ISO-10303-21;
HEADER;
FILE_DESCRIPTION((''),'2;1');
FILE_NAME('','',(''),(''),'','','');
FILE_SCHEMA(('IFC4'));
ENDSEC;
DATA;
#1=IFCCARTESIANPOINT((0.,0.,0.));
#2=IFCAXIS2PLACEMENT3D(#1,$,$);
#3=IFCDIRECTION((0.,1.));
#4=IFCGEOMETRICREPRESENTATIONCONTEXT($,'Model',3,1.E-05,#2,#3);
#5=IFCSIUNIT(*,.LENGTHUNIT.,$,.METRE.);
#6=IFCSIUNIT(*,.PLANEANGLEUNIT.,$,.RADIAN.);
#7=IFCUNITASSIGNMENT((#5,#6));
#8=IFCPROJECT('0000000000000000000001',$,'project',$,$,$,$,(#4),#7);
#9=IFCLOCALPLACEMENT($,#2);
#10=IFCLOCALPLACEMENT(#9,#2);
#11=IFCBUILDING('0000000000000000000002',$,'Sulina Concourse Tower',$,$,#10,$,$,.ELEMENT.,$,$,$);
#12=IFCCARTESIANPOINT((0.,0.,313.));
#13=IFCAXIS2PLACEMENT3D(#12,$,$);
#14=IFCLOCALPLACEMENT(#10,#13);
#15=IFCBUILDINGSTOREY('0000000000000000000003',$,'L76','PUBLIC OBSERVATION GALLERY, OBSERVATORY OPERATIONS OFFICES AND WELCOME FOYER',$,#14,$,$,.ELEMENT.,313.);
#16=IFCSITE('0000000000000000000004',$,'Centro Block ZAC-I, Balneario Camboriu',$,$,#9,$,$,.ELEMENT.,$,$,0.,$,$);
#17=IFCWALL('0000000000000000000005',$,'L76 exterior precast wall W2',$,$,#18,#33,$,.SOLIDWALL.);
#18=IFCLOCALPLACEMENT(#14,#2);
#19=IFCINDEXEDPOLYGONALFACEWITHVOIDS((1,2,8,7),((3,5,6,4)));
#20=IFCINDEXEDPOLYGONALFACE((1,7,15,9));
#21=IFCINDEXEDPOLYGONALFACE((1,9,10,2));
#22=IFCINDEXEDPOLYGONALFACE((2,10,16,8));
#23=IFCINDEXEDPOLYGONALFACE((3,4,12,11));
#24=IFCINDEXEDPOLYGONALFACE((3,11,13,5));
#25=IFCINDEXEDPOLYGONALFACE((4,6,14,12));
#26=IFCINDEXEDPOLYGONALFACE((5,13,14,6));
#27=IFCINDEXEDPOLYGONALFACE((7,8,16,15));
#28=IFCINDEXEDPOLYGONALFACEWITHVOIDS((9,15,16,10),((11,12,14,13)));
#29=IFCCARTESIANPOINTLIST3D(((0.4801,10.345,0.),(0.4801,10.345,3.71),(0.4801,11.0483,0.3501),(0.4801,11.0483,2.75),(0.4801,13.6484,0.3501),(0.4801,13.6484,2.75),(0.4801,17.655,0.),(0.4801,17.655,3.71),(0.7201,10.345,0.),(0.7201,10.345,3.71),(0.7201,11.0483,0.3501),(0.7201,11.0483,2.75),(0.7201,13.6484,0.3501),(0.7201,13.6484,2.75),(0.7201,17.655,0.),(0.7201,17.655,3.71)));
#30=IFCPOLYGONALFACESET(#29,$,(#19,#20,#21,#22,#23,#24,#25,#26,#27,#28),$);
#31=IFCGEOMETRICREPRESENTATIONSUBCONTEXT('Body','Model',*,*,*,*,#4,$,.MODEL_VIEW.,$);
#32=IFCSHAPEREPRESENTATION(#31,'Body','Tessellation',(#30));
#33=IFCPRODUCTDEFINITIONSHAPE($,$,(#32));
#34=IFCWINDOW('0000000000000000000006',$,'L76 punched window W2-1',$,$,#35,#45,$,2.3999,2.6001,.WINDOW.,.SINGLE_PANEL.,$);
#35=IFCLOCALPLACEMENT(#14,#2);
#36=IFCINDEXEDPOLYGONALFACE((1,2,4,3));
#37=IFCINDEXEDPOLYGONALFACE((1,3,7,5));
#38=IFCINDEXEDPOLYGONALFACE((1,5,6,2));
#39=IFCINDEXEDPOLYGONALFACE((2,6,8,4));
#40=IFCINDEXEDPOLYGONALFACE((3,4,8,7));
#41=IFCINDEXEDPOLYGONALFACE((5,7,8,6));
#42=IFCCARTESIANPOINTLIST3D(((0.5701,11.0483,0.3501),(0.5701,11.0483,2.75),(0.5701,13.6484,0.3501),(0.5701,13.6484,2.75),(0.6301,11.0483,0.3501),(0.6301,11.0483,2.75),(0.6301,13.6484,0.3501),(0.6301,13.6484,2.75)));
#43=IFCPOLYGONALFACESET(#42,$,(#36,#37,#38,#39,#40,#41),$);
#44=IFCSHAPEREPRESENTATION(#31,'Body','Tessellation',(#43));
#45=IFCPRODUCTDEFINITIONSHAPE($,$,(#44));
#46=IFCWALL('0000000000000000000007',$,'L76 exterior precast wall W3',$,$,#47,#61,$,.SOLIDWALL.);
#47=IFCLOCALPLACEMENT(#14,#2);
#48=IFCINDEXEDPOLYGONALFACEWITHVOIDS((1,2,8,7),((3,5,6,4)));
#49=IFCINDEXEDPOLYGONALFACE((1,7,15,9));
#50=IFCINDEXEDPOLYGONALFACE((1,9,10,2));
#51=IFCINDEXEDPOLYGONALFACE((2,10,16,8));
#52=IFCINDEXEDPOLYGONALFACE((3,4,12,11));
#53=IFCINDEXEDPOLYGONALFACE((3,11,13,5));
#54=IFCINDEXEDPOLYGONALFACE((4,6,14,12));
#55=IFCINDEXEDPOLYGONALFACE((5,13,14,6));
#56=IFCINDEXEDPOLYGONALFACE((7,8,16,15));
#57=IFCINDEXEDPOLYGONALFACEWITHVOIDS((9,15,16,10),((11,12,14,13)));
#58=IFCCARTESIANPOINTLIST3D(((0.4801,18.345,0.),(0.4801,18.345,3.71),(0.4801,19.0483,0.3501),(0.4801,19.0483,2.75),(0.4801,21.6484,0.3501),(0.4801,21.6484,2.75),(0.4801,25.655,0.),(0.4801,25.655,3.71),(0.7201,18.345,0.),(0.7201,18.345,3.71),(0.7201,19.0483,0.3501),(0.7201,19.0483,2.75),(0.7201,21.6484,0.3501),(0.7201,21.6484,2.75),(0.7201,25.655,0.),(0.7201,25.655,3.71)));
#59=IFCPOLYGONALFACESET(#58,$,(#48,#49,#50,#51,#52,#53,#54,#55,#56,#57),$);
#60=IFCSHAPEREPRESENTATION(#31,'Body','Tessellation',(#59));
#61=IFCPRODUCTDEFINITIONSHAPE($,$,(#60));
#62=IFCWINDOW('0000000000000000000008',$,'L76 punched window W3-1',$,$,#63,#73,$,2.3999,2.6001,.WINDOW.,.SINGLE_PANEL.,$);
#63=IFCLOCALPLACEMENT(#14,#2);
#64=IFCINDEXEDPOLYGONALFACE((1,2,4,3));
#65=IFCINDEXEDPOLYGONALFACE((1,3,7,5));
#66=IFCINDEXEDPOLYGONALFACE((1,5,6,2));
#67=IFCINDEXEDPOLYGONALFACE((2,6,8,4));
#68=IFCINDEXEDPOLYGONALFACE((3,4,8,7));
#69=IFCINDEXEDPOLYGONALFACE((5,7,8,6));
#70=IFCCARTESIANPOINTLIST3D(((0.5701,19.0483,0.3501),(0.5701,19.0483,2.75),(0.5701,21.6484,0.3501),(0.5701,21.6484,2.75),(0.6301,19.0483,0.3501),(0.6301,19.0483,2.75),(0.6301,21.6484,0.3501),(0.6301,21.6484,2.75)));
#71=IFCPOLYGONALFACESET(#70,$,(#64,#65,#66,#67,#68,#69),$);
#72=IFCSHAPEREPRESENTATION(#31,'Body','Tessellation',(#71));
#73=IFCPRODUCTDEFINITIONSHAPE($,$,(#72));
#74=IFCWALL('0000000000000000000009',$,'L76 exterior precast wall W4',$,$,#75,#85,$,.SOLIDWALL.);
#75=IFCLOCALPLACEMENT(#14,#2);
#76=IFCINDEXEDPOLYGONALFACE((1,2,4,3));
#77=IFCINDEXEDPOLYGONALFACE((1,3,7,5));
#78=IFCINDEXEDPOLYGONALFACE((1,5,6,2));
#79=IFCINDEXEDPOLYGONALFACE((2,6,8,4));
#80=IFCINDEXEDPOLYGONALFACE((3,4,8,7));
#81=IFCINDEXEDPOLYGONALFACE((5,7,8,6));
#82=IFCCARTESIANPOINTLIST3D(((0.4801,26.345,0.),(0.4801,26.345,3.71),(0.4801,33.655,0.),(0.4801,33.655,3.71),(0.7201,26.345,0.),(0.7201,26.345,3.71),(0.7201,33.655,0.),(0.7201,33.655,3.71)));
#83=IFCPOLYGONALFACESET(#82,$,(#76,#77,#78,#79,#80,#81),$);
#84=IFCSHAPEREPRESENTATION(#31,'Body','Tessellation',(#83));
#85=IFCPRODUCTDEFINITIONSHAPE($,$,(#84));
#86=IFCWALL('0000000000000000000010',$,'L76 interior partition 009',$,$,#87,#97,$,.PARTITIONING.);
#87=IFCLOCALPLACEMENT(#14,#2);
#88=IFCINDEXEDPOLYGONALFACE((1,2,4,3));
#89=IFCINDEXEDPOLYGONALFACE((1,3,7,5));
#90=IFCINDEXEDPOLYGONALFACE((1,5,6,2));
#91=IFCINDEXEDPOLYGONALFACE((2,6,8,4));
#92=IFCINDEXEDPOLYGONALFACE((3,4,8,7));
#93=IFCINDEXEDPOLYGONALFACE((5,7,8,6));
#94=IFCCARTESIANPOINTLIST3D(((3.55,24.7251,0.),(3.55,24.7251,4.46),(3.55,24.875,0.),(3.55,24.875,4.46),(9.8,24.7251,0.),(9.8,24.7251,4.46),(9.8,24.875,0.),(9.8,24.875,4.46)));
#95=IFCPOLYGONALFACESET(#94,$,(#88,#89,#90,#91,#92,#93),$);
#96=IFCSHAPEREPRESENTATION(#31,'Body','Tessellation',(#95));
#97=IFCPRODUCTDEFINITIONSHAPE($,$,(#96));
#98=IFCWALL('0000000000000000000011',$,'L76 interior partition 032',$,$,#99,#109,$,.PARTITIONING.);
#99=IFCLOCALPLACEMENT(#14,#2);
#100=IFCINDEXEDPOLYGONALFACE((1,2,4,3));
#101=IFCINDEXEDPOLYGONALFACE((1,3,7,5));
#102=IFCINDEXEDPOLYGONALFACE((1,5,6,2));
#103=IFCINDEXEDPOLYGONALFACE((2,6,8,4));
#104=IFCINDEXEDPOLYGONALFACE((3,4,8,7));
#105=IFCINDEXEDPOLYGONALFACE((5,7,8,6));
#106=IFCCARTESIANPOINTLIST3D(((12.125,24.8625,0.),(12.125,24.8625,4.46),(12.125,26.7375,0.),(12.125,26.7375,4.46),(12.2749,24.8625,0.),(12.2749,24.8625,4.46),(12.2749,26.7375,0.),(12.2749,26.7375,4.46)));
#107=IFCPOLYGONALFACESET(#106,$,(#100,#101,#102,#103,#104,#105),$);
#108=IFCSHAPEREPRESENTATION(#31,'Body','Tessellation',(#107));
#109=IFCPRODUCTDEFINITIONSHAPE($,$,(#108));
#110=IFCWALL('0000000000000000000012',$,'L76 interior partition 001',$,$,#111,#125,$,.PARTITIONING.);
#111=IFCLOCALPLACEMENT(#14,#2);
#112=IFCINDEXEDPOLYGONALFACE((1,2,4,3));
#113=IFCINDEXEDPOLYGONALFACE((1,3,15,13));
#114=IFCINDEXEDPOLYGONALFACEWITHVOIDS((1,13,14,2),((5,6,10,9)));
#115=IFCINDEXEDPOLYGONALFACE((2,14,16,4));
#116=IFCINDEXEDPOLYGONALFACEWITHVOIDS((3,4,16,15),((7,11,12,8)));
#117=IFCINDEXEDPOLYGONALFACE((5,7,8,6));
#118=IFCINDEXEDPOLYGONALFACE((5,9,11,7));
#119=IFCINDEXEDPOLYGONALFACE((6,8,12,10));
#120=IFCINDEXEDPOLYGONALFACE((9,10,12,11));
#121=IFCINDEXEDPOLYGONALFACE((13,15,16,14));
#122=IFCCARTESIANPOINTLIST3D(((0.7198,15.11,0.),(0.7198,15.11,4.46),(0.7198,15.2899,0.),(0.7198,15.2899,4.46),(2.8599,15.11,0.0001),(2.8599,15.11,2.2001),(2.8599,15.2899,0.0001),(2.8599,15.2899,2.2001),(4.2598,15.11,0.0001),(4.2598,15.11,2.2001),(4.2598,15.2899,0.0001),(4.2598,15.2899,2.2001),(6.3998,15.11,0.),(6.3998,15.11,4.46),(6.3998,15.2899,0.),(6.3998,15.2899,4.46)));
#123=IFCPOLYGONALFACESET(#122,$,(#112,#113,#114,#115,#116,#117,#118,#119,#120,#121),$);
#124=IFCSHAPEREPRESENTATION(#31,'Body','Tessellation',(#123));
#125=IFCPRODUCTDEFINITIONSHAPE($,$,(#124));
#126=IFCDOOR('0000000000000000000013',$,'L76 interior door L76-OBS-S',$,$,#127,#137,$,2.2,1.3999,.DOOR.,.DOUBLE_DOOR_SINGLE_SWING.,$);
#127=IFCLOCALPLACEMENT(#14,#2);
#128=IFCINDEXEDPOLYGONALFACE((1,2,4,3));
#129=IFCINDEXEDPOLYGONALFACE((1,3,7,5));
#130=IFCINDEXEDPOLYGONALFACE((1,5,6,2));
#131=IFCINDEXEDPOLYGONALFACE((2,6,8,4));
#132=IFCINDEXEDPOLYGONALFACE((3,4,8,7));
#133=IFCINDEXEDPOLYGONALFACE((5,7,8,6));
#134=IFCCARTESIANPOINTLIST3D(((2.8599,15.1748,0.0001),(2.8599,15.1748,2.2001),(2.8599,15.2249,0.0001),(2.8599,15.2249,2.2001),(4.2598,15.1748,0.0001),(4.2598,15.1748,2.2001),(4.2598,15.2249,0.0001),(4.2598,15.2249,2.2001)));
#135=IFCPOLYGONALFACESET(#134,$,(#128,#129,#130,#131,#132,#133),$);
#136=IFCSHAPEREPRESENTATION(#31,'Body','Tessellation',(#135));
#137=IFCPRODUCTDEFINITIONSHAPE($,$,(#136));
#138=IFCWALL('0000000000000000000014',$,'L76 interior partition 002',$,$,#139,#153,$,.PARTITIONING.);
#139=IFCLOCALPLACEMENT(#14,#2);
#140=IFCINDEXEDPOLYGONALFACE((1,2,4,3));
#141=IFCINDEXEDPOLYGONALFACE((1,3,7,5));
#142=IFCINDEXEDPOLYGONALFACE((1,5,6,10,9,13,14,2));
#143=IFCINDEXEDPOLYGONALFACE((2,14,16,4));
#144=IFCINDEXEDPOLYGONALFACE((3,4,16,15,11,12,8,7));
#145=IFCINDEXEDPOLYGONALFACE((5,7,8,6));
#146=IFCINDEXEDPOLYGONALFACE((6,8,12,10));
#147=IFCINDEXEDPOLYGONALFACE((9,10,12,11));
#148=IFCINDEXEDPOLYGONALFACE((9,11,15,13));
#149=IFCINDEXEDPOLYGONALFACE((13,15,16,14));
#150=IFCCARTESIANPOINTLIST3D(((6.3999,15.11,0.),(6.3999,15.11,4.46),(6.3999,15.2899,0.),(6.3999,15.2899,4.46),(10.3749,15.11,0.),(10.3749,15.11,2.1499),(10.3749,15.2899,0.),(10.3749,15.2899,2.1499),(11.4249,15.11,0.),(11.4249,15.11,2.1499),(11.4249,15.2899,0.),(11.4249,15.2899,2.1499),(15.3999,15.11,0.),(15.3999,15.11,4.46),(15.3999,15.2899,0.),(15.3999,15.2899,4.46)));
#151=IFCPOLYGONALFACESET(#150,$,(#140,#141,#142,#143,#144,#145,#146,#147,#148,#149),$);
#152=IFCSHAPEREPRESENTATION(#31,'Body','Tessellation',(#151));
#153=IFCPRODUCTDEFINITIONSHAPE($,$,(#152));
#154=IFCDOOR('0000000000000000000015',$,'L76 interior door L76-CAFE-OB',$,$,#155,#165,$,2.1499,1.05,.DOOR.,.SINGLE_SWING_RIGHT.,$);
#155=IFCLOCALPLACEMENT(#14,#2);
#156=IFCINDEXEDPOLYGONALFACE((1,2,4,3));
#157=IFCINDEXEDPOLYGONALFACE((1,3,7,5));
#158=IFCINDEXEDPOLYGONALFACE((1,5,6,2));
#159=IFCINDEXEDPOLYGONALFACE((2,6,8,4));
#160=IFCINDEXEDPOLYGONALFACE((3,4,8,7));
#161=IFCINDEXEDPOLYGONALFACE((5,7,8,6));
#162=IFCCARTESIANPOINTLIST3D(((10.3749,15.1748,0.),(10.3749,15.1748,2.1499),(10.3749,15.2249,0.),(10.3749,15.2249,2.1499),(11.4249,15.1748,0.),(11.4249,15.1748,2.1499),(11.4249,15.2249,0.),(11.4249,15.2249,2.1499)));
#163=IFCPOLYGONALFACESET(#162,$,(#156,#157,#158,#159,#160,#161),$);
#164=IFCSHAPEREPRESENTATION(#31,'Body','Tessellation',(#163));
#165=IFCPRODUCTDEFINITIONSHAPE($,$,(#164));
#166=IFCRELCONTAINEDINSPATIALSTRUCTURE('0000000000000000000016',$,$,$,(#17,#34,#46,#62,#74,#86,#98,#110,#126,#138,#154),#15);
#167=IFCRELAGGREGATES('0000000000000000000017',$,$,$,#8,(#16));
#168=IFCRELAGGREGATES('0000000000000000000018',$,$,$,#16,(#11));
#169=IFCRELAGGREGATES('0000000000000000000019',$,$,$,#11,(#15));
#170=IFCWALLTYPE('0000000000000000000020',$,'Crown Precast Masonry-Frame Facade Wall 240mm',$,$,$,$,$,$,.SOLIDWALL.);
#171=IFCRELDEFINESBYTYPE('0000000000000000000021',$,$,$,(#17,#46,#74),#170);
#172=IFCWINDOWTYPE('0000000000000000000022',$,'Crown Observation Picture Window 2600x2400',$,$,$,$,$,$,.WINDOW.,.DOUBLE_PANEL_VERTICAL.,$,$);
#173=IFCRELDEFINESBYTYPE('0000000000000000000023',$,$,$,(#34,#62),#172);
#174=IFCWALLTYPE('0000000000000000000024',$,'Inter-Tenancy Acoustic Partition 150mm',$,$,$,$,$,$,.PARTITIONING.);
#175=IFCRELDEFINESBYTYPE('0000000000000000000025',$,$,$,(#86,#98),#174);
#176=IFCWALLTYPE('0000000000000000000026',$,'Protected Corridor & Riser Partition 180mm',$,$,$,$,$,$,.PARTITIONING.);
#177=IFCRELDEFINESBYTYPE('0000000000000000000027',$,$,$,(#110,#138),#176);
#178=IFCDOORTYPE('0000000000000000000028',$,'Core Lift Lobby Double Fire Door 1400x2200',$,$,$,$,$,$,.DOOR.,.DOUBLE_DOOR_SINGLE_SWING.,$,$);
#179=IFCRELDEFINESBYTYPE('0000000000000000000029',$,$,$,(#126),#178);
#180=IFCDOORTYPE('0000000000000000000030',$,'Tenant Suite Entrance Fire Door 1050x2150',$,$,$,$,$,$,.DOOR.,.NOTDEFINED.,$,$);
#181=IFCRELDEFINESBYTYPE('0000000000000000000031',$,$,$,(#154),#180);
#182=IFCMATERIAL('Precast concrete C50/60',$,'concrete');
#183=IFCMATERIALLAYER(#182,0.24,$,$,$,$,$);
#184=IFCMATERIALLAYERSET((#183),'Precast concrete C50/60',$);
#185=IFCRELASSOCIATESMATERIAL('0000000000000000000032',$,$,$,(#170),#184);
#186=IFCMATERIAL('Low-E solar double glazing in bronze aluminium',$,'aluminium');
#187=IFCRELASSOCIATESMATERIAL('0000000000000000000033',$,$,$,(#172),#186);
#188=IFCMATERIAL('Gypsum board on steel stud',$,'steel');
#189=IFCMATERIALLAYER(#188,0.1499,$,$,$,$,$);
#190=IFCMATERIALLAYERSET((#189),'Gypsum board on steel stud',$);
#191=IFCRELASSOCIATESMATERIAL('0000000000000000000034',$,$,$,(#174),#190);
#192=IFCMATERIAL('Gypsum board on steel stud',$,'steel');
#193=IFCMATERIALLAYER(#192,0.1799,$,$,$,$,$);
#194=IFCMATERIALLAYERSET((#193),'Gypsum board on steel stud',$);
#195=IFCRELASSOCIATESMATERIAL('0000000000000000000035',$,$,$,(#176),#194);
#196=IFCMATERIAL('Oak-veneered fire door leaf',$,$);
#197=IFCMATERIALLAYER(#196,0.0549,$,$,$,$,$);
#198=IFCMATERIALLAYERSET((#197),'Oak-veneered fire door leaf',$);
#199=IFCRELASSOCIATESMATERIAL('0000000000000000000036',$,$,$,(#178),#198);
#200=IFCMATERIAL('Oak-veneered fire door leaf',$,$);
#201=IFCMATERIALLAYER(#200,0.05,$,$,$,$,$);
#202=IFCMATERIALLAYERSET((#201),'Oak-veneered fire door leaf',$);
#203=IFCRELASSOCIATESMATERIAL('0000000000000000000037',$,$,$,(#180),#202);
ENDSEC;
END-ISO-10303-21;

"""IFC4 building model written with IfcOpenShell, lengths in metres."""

from ifc_helpers import new_model, si_unit, direction, frame, frame_2d, origin, place, context, subcontext, project, spatial, rectangle, extrude, material, layer, layer_set, type_object, element, fill, save


model = new_model("IFC4")

# Units and contexts
model_context = context("Model", 3, precision=1e-05, world=origin(), true_north=direction((0.0, 1.0)))
body_context = subcontext(model_context, "Body", "Model", "MODEL_VIEW")
ifc_project = project(units=[si_unit("LENGTHUNIT", "METRE"), si_unit("PLANEANGLEUNIT", "RADIAN")], contexts=[model_context])

# Site, building, storey
site_placement = place(None, origin())
site = spatial("IfcSite", under=ifc_project, at=site_placement, Name="Centro Block ZAC-I, Balneario Camboriu", CompositionType="ELEMENT", RefElevation=0.0)
building_placement = place(site_placement, origin())
building = spatial("IfcBuilding", under=site, at=building_placement, Name="Sulina Concourse Tower", CompositionType="ELEMENT")
storey_placement = place(building_placement, frame((0.0, 0.0, 313.0)))
storey = spatial("IfcBuildingStorey", under=building, at=storey_placement, Name="L76", Description="PUBLIC OBSERVATION GALLERY, OBSERVATORY OPERATIONS OFFICES AND WELCOME FOYER", CompositionType="ELEMENT", Elevation=313.0)

# Walls, openings, windows
ifc_material_1 = material(Name="Precast concrete C50/60", Category="concrete")
ifc_layer_1 = layer(ifc_material_1, 0.24)
ifc_layer_set_1 = layer_set([ifc_layer_1], Name="Precast concrete C50/60")
wall_type_1 = type_object("IfcWallType", Name="Crown Precast Masonry-Frame Facade Wall 240mm", PredefinedType="SOLIDWALL", material=ifc_layer_set_1)
wall_1_placement = place(storey_placement, frame((0.6001, 10.345, 0.0), z_axis=(0.0, 0.0, 1.0), x_axis=(0.0, 1.0, 0.0)))
wall_1 = element("IfcWall", 1, at=wall_1_placement, inside=storey, type_object=wall_type_1, Name="L76 exterior precast wall W2", PredefinedType="SOLIDWALL", context=body_context, shape_type="SweptSolid", body=[
    extrude(rectangle(XDim=7.3101, YDim=0.24, at=frame_2d((3.655, 0.0))), origin(), (0.0, 0.0, 1.0), 3.71),
])
opening_1_placement = place(wall_1_placement, frame((0.7034, 0.0, 0.3501)))
opening_1 = element("IfcOpeningElement", 2, at=opening_1_placement, cuts=wall_1, PredefinedType="OPENING", context=body_context, shape_type="SweptSolid", body=[
    extrude(rectangle(XDim=2.6001, YDim=2.3999, at=frame_2d((1.3, 1.2))), frame((0.0, 0.1299, 0.0), z_axis=(0.0, -1.0, 0.0), x_axis=(1.0, 0.0, 0.0)), (0.0, 0.0, 1.0), 0.26),
])
ifc_material_2 = material(Name="Low-E solar double glazing in bronze aluminium", Category="aluminium")
window_type = type_object("IfcWindowType", Name="Crown Observation Picture Window 2600x2400", PartitioningType="DOUBLE_PANEL_VERTICAL", PredefinedType="WINDOW", material=ifc_material_2)
window_1_placement = place(opening_1_placement, origin())
window_1 = element("IfcWindow", 3, at=window_1_placement, inside=storey, type_object=window_type, Name="L76 punched window W2-1", OverallHeight=2.3999, OverallWidth=2.6001, PartitioningType="SINGLE_PANEL", PredefinedType="WINDOW", context=body_context, shape_type="SweptSolid", body=[
    extrude(rectangle(XDim=2.6001, YDim=2.3999, at=frame_2d((1.3, 1.2))), frame((0.0, 0.03, 0.0), z_axis=(0.0, -1.0, 0.0), x_axis=(1.0, 0.0, 0.0)), (0.0, 0.0, 1.0), 0.0601),
])
fill(opening_1, window_1)
wall_2_placement = place(storey_placement, frame((0.6001, 18.345, 0.0), z_axis=(0.0, 0.0, 1.0), x_axis=(0.0, 1.0, 0.0)))
wall_2 = element("IfcWall", 4, at=wall_2_placement, inside=storey, type_object=wall_type_1, Name="L76 exterior precast wall W3", PredefinedType="SOLIDWALL", context=body_context, shape_type="SweptSolid", body=[
    extrude(rectangle(XDim=7.3101, YDim=0.24, at=frame_2d((3.655, 0.0))), origin(), (0.0, 0.0, 1.0), 3.71),
])
opening_2_placement = place(wall_2_placement, frame((0.7034, 0.0, 0.3501)))
opening_2 = element("IfcOpeningElement", 5, at=opening_2_placement, cuts=wall_2, PredefinedType="OPENING", context=body_context, shape_type="SweptSolid", body=[
    extrude(rectangle(XDim=2.6001, YDim=2.3999, at=frame_2d((1.3, 1.2))), frame((0.0, 0.1299, 0.0), z_axis=(0.0, -1.0, 0.0), x_axis=(1.0, 0.0, 0.0)), (0.0, 0.0, 1.0), 0.26),
])
window_2_placement = place(opening_2_placement, origin())
window_2 = element("IfcWindow", 6, at=window_2_placement, inside=storey, type_object=window_type, Name="L76 punched window W3-1", OverallHeight=2.3999, OverallWidth=2.6001, PartitioningType="SINGLE_PANEL", PredefinedType="WINDOW", context=body_context, shape_type="SweptSolid", body=[
    extrude(rectangle(XDim=2.6001, YDim=2.3999, at=frame_2d((1.3, 1.2))), frame((0.0, 0.03, 0.0), z_axis=(0.0, -1.0, 0.0), x_axis=(1.0, 0.0, 0.0)), (0.0, 0.0, 1.0), 0.0601),
])
fill(opening_2, window_2)

# Walls
wall_3_placement = place(storey_placement, frame((0.6001, 26.345, 0.0), z_axis=(0.0, 0.0, 1.0), x_axis=(0.0, 1.0, 0.0)))
element("IfcWall", 7, at=wall_3_placement, inside=storey, type_object=wall_type_1, Name="L76 exterior precast wall W4", PredefinedType="SOLIDWALL", context=body_context, shape_type="SweptSolid", body=[
    extrude(rectangle(XDim=7.3101, YDim=0.24, at=frame_2d((3.655, 0.0))), origin(), (0.0, 0.0, 1.0), 3.71),
])
ifc_material_3 = material(Name="Gypsum board on steel stud", Category="steel")
ifc_layer_2 = layer(ifc_material_3, 0.1499)
ifc_layer_set_2 = layer_set([ifc_layer_2], Name="Gypsum board on steel stud")
wall_type_2 = type_object("IfcWallType", Name="Inter-Tenancy Acoustic Partition 150mm", PredefinedType="PARTITIONING", material=ifc_layer_set_2)
wall_4_placement = place(storey_placement, frame((3.55, 24.8, 0.0), z_axis=(0.0, 0.0, 1.0), x_axis=(1.0, 0.0, 0.0)))
element("IfcWall", 8, at=wall_4_placement, inside=storey, type_object=wall_type_2, Name="L76 interior partition 009", PredefinedType="PARTITIONING", context=body_context, shape_type="SweptSolid", body=[
    extrude(rectangle(XDim=6.25, YDim=0.1499, at=frame_2d((3.125, 0.0))), origin(), (0.0, 0.0, 1.0), 4.46),
])
wall_5_placement = place(storey_placement, frame((12.2, 24.8625, 0.0), z_axis=(0.0, 0.0, 1.0), x_axis=(0.0, 1.0, 0.0)))
element("IfcWall", 9, at=wall_5_placement, inside=storey, type_object=wall_type_2, Name="L76 interior partition 032", PredefinedType="PARTITIONING", context=body_context, shape_type="SweptSolid", body=[
    extrude(rectangle(XDim=1.875, YDim=0.1499, at=frame_2d((0.9375, 0.0))), origin(), (0.0, 0.0, 1.0), 4.46),
])

# Walls, openings, doors
ifc_material_4 = material(Name="Gypsum board on steel stud", Category="steel")
ifc_layer_3 = layer(ifc_material_4, 0.1799)
ifc_layer_set_3 = layer_set([ifc_layer_3], Name="Gypsum board on steel stud")
wall_type_3 = type_object("IfcWallType", Name="Protected Corridor & Riser Partition 180mm", PredefinedType="PARTITIONING", material=ifc_layer_set_3)
wall_6_placement = place(storey_placement, frame((0.72, 15.2, 0.0), z_axis=(0.0, 0.0, 1.0), x_axis=(1.0, 0.0, 0.0)))
wall_6 = element("IfcWall", 10, at=wall_6_placement, inside=storey, type_object=wall_type_3, Name="L76 interior partition 001", PredefinedType="PARTITIONING", context=body_context, shape_type="SweptSolid", body=[
    extrude(rectangle(XDim=5.6799, YDim=0.1799, at=frame_2d((2.8398, 0.0))), origin(), (0.0, 0.0, 1.0), 4.46),
])
opening_3_placement = place(wall_6_placement, frame((2.1399, 0.0, 0.0)))
opening_3 = element("IfcOpeningElement", 11, at=opening_3_placement, cuts=wall_6, PredefinedType="OPENING", context=body_context, shape_type="SweptSolid", body=[
    extrude(rectangle(XDim=1.3999, YDim=2.2, at=frame_2d((0.7, 1.1001))), frame((0.0, 0.0999, 0.0), z_axis=(0.0, -1.0, 0.0), x_axis=(1.0, 0.0, 0.0)), (0.0, 0.0, 1.0), 0.2),
])
ifc_material_5 = material(Name="Oak-veneered fire door leaf")
ifc_layer_4 = layer(ifc_material_5, 0.0549)
ifc_layer_set_4 = layer_set([ifc_layer_4], Name="Oak-veneered fire door leaf")
door_type_1 = type_object("IfcDoorType", Name="Core Lift Lobby Double Fire Door 1400x2200", OperationType="DOUBLE_DOOR_SINGLE_SWING", PredefinedType="DOOR", material=ifc_layer_set_4)
door_1_placement = place(opening_3_placement, origin())
door_1 = element("IfcDoor", 12, at=door_1_placement, inside=storey, type_object=door_type_1, Name="L76 interior door L76-OBS-S", OperationType="DOUBLE_DOOR_SINGLE_SWING", OverallHeight=2.2, OverallWidth=1.3999, PredefinedType="DOOR", context=body_context, shape_type="SweptSolid", body=[
    extrude(rectangle(XDim=1.3999, YDim=2.2, at=frame_2d((0.7, 1.1001))), frame((0.0, 0.0249, 0.0), z_axis=(0.0, -1.0, 0.0), x_axis=(1.0, 0.0, 0.0)), (0.0, 0.0, 1.0), 0.05),
])
fill(opening_3, door_1)
wall_7_placement = place(storey_placement, frame((6.3999, 15.2, 0.0), z_axis=(0.0, 0.0, 1.0), x_axis=(1.0, 0.0, 0.0)))
wall_7 = element("IfcWall", 13, at=wall_7_placement, inside=storey, type_object=wall_type_3, Name="L76 interior partition 002", PredefinedType="PARTITIONING", context=body_context, shape_type="SweptSolid", body=[
    extrude(rectangle(XDim=9.0, YDim=0.1799, at=frame_2d((4.5, 0.0))), origin(), (0.0, 0.0, 1.0), 4.46),
])
opening_4_placement = place(wall_7_placement, frame((3.9751, 0.0, 0.0)))
opening_4 = element("IfcOpeningElement", 14, at=opening_4_placement, cuts=wall_7, PredefinedType="OPENING", context=body_context, shape_type="SweptSolid", body=[
    extrude(rectangle(XDim=1.05, YDim=2.1499, at=frame_2d((0.5249, 1.075))), frame((0.0, 0.0999, 0.0), z_axis=(0.0, -1.0, 0.0), x_axis=(1.0, 0.0, 0.0)), (0.0, 0.0, 1.0), 0.2),
])
ifc_material_6 = material(Name="Oak-veneered fire door leaf")
ifc_layer_5 = layer(ifc_material_6, 0.05)
ifc_layer_set_5 = layer_set([ifc_layer_5], Name="Oak-veneered fire door leaf")
door_type_2 = type_object("IfcDoorType", Name="Tenant Suite Entrance Fire Door 1050x2150", OperationType="NOTDEFINED", PredefinedType="DOOR", material=ifc_layer_set_5)
door_2_placement = place(opening_4_placement, origin())
door_2 = element("IfcDoor", 15, at=door_2_placement, inside=storey, type_object=door_type_2, Name="L76 interior door L76-CAFE-OB", OperationType="SINGLE_SWING_RIGHT", OverallHeight=2.1499, OverallWidth=1.05, PredefinedType="DOOR", context=body_context, shape_type="SweptSolid", body=[
    extrude(rectangle(XDim=1.05, YDim=2.1499, at=frame_2d((0.5249, 1.075))), frame((0.0, 0.0249, 0.0), z_axis=(0.0, -1.0, 0.0), x_axis=(1.0, 0.0, 0.0)), (0.0, 0.0, 1.0), 0.05),
])
fill(opening_4, door_2)

save(model, "model.ifc")
